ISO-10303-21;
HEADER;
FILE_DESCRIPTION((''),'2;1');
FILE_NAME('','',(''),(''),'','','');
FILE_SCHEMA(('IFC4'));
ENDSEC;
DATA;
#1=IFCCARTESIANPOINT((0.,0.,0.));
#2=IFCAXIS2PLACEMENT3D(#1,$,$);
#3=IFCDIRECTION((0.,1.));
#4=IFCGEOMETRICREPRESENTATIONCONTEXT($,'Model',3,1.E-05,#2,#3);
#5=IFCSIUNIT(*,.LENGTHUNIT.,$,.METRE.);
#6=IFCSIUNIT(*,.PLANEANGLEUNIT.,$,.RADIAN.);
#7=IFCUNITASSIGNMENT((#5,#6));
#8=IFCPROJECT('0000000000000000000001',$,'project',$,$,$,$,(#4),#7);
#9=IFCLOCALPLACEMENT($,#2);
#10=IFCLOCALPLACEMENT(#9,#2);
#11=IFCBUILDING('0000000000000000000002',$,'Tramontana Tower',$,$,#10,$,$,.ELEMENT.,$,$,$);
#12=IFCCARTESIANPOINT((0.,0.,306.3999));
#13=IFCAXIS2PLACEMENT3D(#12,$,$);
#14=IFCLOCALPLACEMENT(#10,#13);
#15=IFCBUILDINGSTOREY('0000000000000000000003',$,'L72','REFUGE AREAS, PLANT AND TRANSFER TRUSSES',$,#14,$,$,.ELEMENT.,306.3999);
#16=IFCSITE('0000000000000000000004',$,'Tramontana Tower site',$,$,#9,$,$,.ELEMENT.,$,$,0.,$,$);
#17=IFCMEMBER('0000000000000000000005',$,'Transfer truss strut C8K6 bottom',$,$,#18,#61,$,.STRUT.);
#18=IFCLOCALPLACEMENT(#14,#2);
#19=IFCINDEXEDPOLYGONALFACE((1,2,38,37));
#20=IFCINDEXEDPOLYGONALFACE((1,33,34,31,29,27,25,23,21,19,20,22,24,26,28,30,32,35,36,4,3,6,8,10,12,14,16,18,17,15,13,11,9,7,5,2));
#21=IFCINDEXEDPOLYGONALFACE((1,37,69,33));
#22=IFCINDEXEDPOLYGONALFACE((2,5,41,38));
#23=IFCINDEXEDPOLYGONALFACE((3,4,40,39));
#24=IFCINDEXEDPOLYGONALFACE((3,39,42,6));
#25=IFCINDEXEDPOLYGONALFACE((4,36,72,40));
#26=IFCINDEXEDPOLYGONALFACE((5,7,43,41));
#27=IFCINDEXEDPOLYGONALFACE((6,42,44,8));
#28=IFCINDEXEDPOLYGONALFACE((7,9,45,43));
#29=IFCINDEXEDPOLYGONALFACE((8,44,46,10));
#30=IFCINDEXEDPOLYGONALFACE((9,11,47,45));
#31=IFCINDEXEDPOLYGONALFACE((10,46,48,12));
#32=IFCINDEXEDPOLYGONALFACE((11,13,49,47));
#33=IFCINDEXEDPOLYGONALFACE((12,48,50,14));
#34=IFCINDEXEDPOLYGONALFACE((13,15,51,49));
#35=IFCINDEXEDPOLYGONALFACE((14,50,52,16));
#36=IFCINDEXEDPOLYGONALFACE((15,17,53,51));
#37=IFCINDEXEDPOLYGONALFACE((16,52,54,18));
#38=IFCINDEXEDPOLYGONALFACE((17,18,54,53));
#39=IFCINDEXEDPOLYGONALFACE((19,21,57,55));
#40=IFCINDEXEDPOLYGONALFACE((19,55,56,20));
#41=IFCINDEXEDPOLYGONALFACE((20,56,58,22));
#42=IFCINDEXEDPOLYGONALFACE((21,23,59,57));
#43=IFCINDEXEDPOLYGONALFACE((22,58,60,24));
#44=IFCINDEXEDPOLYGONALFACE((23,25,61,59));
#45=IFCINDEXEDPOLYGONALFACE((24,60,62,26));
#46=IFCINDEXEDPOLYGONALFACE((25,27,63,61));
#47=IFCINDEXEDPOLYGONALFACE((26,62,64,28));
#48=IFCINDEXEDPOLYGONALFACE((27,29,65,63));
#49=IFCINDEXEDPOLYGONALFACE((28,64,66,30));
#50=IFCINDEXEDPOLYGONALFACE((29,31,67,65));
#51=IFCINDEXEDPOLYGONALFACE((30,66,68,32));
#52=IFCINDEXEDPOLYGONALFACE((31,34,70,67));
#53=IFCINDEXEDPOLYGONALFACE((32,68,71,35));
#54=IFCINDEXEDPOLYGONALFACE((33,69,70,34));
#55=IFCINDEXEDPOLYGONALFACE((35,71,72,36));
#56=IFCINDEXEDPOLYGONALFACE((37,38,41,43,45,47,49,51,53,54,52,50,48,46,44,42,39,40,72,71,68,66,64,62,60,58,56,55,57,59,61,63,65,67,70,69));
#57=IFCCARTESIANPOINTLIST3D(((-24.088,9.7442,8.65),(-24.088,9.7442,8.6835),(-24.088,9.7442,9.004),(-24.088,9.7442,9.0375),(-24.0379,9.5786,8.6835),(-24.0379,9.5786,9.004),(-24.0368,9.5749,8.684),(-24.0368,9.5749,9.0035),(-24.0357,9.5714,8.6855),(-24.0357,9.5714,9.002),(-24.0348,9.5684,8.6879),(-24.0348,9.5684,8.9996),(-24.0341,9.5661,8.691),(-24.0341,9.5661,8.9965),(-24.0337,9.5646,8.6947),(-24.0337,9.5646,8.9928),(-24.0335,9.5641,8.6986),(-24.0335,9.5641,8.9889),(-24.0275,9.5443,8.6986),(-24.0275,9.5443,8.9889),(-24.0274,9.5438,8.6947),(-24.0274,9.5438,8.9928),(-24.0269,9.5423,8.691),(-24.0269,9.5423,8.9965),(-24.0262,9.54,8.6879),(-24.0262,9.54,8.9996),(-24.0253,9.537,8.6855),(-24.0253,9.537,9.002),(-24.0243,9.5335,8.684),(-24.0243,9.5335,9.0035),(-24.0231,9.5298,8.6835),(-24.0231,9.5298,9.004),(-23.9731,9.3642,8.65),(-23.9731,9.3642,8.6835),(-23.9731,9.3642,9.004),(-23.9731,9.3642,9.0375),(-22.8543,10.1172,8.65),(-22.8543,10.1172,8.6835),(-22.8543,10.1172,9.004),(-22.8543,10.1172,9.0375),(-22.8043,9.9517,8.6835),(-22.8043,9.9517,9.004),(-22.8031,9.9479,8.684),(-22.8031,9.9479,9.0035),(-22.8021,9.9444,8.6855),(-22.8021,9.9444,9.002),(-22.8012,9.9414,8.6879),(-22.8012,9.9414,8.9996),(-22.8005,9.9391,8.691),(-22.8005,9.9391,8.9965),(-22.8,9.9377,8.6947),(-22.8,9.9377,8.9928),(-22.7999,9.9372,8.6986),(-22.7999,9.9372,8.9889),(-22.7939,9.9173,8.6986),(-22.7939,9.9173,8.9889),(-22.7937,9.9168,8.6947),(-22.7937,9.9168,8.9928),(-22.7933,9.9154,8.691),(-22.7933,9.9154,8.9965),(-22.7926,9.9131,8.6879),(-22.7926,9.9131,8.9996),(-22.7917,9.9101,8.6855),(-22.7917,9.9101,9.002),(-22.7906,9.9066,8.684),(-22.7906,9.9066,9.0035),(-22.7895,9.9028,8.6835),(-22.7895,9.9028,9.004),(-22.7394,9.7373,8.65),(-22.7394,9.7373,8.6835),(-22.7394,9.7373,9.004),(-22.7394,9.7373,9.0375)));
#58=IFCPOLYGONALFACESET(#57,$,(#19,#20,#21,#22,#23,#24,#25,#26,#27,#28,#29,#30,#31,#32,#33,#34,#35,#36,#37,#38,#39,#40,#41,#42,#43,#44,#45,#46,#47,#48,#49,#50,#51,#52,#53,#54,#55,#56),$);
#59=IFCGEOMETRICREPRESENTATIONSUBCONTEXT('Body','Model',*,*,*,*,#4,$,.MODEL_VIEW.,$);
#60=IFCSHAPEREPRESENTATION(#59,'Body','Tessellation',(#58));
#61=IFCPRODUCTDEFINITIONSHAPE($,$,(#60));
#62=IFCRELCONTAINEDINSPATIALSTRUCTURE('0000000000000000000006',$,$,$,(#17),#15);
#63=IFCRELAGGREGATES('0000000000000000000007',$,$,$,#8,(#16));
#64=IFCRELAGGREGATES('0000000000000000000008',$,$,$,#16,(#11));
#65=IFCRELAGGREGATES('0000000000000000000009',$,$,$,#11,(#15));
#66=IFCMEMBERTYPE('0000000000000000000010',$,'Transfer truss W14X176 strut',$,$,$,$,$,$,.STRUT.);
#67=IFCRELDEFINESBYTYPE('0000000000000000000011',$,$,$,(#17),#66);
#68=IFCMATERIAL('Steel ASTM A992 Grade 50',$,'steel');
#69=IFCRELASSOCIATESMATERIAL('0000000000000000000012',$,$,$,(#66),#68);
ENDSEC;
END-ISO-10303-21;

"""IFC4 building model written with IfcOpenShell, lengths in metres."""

from ifc_helpers import new_model, si_unit, direction, frame, origin, origin_2d, place, context, subcontext, project, spatial, i_section, extrude, material, material_profile, profile_set, type_object, element, save


model = new_model("IFC4")

# Units and contexts
model_context = context("Model", 3, precision=1e-05, world=origin(), true_north=direction((0.0, 1.0)))
body_context = subcontext(model_context, "Body", "Model", "MODEL_VIEW")
ifc_project = project(units=[si_unit("LENGTHUNIT", "METRE"), si_unit("PLANEANGLEUNIT", "RADIAN")], contexts=[model_context])

# Site, building, storey
site_placement = place(None, origin())
site = spatial("IfcSite", under=ifc_project, at=site_placement, Name="Tramontana Tower site", CompositionType="ELEMENT", RefElevation=0.0)
building_placement = place(site_placement, origin())
building = spatial("IfcBuilding", under=site, at=building_placement, Name="Tramontana Tower", CompositionType="ELEMENT")
storey_placement = place(building_placement, frame((0.0, 0.0, 306.3999)))
storey = spatial("IfcBuildingStorey", under=building, at=storey_placement, Name="L72", Description="REFUGE AREAS, PLANT AND TRANSFER TRUSSES", CompositionType="ELEMENT", Elevation=306.3999)

# Member
ifc_material_1 = material(Name="Steel ASTM A992 Grade 50", Category="steel")
ifc_material_profile_1 = material_profile(ifc_material_1, i_section(OverallWidth=0.397, OverallDepth=0.3875, WebThickness=0.0208, FlangeThickness=0.0334, FilletRadius=0.0151, at=origin_2d()), Name="W14X176")
ifc_profile_set_1 = profile_set([ifc_material_profile_1], Name="Steel ASTM A992 Grade 50")
member_type_1 = type_object("IfcMemberType", Name="Transfer truss W14X176 strut", PredefinedType="STRUT", material=ifc_profile_set_1)
member_1_placement = place(storey_placement, frame((-24.0305, 9.5542, 8.8438), z_axis=(0.957193, 0.28945, 0.0), x_axis=(-0.28945, 0.957193, 0.0)))
element("IfcMember", 1, at=member_1_placement, inside=storey, type_object=member_type_1, Name="Transfer truss strut C8K6 bottom", PredefinedType="STRUT", context=body_context, shape_type="SweptSolid", body=[
    extrude(i_section(OverallWidth=0.397, OverallDepth=0.3875, WebThickness=0.0208, FlangeThickness=0.0334, FilletRadius=0.0151, at=origin_2d()), origin(), (0.0, 0.0, 1.0), 1.2888),
])

save(model, "model.ifc")
